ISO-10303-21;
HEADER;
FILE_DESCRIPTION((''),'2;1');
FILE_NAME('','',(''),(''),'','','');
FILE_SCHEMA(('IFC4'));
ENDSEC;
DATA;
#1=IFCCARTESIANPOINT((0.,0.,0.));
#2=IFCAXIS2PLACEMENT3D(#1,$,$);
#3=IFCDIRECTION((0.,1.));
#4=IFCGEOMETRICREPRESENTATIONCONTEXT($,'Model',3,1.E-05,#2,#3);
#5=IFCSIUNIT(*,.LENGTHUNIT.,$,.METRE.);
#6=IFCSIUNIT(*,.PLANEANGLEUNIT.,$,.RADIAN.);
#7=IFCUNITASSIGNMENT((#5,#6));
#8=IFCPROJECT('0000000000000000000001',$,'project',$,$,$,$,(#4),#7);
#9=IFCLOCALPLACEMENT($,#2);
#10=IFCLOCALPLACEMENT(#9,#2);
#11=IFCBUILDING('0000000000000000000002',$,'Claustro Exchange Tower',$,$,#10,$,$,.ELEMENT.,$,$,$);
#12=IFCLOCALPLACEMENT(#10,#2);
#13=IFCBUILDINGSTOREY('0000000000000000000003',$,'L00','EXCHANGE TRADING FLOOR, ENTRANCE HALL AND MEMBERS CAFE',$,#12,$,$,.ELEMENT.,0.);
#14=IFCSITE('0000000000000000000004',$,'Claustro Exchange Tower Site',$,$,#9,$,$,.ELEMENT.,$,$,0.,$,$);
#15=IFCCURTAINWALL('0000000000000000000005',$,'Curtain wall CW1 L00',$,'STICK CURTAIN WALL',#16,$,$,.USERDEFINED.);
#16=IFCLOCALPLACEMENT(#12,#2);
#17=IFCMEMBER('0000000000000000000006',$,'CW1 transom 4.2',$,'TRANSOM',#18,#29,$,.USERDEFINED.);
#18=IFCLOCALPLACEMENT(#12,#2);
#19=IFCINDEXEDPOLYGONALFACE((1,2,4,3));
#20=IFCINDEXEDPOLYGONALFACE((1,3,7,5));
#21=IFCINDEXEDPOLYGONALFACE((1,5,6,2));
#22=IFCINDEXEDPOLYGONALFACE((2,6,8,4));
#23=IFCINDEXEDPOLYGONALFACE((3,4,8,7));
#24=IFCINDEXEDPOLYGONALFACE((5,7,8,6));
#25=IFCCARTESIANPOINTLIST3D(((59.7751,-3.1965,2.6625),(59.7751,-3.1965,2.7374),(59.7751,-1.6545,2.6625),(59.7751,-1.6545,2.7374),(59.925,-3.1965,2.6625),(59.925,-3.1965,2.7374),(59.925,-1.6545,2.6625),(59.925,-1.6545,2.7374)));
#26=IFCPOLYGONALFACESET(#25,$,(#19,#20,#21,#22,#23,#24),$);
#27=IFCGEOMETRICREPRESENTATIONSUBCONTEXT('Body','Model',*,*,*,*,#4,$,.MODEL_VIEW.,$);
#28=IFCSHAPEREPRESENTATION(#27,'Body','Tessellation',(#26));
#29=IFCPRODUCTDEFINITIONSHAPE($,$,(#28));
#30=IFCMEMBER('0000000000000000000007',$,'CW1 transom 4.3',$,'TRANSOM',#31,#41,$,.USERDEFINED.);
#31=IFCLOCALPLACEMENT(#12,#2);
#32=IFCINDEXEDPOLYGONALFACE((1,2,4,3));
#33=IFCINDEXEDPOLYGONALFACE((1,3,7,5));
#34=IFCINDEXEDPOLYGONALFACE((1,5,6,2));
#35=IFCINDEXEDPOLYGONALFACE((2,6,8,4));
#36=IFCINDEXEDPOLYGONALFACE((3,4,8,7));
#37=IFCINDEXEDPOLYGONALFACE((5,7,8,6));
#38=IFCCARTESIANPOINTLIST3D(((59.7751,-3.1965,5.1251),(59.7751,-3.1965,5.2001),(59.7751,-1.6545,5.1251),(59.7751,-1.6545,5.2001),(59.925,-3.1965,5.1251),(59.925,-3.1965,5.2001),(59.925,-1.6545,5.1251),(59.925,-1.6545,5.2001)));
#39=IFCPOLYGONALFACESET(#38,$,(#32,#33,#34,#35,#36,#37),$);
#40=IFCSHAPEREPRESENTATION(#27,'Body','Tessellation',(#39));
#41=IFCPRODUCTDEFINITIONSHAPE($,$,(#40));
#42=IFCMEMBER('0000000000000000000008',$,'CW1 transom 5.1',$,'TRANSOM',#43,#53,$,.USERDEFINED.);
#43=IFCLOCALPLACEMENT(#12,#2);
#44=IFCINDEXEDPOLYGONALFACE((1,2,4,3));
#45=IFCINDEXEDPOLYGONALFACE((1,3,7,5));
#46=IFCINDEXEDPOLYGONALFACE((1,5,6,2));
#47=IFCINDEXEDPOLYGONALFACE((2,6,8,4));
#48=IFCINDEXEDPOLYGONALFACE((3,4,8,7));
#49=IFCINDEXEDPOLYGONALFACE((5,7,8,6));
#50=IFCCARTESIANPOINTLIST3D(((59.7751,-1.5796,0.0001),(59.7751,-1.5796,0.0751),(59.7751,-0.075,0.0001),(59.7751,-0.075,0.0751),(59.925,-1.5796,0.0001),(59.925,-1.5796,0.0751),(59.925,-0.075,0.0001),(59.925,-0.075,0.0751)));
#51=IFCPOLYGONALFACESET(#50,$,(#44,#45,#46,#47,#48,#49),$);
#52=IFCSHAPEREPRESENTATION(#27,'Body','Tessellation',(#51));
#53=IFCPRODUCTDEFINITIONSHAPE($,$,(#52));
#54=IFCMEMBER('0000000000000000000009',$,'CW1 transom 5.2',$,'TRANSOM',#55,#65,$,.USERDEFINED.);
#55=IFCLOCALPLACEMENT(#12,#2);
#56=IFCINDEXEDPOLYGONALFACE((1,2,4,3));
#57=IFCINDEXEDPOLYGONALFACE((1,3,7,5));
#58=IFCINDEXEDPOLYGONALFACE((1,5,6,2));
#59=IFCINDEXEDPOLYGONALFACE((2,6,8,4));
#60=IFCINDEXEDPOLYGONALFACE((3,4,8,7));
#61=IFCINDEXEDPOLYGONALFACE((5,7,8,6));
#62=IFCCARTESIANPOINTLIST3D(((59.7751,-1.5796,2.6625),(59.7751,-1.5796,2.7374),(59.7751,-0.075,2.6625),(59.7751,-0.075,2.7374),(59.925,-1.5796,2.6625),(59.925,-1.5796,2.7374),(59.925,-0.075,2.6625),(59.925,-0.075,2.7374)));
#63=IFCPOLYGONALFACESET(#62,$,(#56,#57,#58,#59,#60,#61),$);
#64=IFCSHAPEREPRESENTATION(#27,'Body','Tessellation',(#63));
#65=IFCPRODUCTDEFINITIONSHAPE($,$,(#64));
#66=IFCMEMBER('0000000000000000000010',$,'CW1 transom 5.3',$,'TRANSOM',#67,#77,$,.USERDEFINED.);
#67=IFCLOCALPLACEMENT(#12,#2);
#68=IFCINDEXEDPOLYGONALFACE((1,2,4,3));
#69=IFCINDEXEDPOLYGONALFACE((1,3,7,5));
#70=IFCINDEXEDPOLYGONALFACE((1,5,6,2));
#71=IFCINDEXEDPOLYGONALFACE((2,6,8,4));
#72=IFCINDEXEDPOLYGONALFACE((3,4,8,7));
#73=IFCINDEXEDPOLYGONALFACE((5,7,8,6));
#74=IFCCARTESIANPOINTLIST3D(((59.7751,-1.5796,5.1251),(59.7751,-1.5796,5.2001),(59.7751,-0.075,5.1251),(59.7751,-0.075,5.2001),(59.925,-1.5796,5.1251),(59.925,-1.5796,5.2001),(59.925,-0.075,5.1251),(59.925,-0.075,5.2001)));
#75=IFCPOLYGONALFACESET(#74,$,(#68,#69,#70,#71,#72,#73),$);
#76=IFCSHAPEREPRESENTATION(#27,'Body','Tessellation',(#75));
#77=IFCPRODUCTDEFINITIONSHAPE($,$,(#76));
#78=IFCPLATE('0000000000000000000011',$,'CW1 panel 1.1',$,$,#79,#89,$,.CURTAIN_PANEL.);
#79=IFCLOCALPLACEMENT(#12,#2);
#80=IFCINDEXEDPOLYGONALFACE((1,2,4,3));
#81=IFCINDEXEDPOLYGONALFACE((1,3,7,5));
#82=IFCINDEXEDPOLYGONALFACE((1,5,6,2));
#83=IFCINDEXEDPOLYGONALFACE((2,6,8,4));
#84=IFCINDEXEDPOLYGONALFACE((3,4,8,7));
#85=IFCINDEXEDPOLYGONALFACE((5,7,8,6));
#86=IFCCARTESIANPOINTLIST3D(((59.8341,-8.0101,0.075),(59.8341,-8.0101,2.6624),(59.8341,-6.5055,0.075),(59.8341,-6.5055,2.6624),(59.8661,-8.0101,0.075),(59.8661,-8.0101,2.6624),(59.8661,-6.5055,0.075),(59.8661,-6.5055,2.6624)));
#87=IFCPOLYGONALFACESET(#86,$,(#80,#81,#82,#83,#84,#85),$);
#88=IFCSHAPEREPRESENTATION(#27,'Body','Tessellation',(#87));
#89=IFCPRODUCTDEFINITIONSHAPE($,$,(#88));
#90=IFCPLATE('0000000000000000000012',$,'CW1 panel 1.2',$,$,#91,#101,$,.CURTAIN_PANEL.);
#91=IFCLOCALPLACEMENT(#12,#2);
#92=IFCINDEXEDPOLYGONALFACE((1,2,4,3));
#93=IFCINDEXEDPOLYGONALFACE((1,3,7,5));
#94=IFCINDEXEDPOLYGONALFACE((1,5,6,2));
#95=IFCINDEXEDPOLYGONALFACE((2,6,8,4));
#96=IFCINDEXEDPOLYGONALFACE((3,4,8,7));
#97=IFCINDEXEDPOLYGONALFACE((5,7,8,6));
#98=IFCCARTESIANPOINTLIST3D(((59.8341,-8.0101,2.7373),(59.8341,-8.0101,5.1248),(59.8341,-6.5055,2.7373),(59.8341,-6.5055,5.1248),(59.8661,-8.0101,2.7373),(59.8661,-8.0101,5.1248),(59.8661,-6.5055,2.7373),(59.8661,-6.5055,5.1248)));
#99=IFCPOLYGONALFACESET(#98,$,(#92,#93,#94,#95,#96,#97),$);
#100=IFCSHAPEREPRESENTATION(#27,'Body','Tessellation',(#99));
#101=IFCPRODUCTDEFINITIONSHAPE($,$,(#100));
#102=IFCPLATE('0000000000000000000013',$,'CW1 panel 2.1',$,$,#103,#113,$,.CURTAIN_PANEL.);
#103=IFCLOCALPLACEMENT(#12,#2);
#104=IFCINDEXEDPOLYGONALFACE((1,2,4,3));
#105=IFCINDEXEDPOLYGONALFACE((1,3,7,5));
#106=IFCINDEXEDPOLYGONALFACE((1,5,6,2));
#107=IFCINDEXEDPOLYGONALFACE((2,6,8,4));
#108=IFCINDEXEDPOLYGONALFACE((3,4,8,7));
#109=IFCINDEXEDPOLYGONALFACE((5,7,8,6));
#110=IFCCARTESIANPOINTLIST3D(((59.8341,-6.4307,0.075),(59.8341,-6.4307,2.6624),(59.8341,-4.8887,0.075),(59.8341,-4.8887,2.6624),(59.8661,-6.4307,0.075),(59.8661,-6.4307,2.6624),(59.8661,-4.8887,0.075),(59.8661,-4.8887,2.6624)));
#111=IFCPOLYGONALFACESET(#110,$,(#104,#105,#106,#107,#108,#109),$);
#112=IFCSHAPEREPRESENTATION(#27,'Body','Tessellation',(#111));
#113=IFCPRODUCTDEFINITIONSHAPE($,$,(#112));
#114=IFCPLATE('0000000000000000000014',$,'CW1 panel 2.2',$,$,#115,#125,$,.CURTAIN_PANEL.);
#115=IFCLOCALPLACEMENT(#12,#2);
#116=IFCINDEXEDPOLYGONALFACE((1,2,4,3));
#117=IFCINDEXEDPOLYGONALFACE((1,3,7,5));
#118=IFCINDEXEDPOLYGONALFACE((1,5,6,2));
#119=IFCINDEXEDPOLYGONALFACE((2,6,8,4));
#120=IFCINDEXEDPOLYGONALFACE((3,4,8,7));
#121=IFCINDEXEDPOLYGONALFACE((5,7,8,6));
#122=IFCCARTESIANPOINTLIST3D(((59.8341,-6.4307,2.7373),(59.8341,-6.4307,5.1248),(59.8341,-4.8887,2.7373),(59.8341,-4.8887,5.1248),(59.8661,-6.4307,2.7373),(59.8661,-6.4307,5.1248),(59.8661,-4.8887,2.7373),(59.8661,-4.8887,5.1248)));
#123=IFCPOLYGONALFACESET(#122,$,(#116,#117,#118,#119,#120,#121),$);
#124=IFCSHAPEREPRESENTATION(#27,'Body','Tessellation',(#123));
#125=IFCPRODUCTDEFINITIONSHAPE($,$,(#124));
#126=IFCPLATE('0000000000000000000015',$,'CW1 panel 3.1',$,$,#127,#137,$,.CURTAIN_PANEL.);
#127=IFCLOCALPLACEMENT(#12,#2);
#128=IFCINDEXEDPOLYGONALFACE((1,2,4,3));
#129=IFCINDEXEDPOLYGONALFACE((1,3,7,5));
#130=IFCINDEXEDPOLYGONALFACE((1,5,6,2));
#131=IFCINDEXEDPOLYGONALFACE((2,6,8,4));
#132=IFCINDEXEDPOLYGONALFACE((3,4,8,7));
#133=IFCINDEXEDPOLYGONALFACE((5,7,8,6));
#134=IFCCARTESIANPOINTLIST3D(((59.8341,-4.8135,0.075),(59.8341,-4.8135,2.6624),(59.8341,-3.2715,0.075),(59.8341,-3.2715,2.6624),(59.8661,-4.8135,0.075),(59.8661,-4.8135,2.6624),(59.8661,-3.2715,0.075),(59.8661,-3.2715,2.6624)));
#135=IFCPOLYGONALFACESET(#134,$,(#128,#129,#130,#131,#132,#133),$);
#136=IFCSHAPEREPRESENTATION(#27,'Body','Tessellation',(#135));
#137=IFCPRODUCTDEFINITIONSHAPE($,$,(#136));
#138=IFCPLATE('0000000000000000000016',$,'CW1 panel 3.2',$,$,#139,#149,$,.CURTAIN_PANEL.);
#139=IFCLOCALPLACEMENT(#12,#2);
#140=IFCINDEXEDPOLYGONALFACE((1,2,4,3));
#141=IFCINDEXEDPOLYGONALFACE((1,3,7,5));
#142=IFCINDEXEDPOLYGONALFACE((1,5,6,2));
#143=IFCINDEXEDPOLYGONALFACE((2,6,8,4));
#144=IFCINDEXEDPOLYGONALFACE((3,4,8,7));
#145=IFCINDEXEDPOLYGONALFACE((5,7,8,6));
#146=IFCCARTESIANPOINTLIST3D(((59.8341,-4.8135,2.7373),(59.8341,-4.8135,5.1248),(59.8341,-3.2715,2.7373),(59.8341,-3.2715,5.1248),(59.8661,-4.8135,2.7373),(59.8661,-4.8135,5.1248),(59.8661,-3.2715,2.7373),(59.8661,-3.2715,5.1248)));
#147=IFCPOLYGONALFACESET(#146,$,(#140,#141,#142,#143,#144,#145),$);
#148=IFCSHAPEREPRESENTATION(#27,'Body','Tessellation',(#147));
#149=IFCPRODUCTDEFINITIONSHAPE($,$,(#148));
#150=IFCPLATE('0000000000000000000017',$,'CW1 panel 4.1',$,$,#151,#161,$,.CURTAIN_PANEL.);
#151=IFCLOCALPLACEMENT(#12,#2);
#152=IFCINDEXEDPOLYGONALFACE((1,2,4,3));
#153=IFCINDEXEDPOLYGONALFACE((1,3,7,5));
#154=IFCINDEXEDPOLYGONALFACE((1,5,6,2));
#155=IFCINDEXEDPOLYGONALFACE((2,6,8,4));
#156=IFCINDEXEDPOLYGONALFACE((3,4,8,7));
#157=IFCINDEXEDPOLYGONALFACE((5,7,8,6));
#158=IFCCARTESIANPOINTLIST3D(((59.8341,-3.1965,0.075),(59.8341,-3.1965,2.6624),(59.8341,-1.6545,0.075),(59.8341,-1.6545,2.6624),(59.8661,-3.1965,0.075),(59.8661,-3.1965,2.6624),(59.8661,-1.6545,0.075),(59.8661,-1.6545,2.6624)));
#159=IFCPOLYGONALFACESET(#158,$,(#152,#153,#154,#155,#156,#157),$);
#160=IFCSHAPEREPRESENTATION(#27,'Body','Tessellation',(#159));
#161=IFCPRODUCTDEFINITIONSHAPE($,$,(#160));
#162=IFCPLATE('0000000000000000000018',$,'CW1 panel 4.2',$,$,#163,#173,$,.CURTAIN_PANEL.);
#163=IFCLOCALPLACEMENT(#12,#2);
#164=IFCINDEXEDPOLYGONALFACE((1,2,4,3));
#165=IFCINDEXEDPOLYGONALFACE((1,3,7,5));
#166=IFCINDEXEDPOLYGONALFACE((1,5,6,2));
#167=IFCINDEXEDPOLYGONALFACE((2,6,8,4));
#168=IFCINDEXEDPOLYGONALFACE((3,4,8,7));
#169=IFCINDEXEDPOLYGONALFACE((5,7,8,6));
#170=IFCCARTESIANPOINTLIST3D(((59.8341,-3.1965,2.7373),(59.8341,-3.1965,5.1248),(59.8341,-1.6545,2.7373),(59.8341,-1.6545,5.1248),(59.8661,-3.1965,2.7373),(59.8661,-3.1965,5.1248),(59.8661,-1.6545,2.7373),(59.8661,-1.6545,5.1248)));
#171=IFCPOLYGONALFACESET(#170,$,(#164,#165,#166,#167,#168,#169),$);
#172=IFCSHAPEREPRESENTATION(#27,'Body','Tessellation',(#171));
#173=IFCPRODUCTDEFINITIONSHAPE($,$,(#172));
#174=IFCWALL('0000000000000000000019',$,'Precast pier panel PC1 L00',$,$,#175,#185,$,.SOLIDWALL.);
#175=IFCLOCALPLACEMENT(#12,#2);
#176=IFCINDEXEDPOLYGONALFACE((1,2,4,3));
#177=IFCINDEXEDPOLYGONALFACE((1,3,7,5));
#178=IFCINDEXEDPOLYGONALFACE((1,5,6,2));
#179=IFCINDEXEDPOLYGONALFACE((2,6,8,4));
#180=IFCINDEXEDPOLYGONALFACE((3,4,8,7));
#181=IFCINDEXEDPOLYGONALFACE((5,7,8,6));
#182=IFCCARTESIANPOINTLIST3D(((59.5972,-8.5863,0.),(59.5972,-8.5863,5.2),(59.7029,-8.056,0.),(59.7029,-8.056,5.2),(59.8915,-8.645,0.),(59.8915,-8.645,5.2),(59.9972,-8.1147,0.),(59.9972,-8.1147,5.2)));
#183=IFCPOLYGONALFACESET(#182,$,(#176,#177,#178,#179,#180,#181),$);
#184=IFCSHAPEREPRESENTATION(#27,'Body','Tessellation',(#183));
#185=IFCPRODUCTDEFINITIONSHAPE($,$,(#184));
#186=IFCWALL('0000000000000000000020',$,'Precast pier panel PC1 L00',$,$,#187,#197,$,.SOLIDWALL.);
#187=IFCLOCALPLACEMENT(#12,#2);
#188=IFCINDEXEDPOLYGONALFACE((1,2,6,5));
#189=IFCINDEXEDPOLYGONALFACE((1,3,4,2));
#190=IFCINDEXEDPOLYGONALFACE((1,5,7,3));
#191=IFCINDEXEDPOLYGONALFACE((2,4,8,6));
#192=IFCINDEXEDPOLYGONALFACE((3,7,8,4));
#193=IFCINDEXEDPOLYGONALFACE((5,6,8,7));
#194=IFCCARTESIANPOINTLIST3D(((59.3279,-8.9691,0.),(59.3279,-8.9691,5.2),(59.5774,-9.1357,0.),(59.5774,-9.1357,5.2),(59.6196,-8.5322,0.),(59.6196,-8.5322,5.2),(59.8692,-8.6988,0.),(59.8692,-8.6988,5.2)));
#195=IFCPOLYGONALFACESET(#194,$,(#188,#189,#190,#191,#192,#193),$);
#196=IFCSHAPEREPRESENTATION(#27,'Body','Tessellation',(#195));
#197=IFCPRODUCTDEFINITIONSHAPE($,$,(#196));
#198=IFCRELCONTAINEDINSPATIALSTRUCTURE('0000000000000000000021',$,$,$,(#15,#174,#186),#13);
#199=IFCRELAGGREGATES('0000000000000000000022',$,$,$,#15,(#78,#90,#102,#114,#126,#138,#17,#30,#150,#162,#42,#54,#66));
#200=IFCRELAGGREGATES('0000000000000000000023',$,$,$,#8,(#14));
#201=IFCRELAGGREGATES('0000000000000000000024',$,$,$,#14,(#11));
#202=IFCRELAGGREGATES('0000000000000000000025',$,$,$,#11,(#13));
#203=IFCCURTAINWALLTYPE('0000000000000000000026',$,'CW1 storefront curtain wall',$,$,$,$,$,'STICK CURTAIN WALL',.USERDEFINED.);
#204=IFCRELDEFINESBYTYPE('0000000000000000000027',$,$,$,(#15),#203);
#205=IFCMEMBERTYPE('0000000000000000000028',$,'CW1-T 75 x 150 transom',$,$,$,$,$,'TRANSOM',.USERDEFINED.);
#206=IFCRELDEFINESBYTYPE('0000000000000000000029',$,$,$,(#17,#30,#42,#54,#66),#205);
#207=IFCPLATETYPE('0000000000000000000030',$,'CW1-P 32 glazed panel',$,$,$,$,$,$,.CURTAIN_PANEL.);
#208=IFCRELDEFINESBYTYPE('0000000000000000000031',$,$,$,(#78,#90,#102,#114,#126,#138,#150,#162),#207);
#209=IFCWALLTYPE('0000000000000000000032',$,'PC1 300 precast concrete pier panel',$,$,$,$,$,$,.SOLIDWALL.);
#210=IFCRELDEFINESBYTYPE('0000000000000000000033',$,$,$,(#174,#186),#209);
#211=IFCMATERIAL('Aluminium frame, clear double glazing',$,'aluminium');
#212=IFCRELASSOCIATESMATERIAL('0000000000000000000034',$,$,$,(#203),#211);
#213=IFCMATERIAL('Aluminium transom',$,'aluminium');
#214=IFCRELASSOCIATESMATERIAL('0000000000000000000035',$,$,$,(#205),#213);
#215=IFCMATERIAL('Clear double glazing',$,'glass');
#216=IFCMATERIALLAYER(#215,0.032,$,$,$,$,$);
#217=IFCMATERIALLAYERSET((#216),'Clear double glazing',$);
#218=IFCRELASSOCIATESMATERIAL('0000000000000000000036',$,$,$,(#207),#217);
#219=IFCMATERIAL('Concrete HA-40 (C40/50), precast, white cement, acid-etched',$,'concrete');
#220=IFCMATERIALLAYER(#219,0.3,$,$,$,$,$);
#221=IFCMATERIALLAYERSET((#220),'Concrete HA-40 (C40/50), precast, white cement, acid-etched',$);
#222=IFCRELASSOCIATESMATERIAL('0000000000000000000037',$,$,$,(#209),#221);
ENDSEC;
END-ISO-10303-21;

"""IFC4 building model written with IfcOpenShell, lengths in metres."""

from ifc_helpers import new_model, si_unit, direction, frame, frame_2d, origin, origin_2d, place, context, subcontext, project, spatial, rectangle, extrude, material, layer, layer_set, material_profile, profile_set, type_object, element, aggregate, save


model = new_model("IFC4")

# Units and contexts
model_context = context("Model", 3, precision=1e-05, world=origin(), true_north=direction((0.0, 1.0)))
body_context = subcontext(model_context, "Body", "Model", "MODEL_VIEW")
ifc_project = project(units=[si_unit("LENGTHUNIT", "METRE"), si_unit("PLANEANGLEUNIT", "RADIAN")], contexts=[model_context])

# Site, building, storey
site_placement = place(None, origin())
site = spatial("IfcSite", under=ifc_project, at=site_placement, Name="Claustro Exchange Tower Site", CompositionType="ELEMENT", RefElevation=0.0)
building_placement = place(site_placement, origin())
building = spatial("IfcBuilding", under=site, at=building_placement, Name="Claustro Exchange Tower", CompositionType="ELEMENT")
storey_placement = place(building_placement, origin())
storey = spatial("IfcBuildingStorey", under=building, at=storey_placement, Name="L00", Description="EXCHANGE TRADING FLOOR, ENTRANCE HALL AND MEMBERS CAFE", CompositionType="ELEMENT", Elevation=0.0)

# Curtain wall, members, plates
ifc_material_1 = material(Name="Aluminium frame, clear double glazing", Category="aluminium")
curtain_wall_type = type_object("IfcCurtainWallType", Name="CW1 storefront curtain wall", ElementType="STICK CURTAIN WALL", PredefinedType="USERDEFINED", material=ifc_material_1)
curtain_wall_placement = place(storey_placement, origin())
curtain_wall = element("IfcCurtainWall", 1, at=curtain_wall_placement, inside=storey, type_object=curtain_wall_type, Name="Curtain wall CW1 L00", ObjectType="STICK CURTAIN WALL", PredefinedType="USERDEFINED")
ifc_material_2 = material(Name="Aluminium transom", Category="aluminium")
ifc_material_profile_1 = material_profile(ifc_material_2, rectangle(XDim=0.1499, YDim=0.075, at=origin_2d()), Name="CW1-T 75x150")
ifc_profile_set_1 = profile_set([ifc_material_profile_1], Name="Aluminium transom")
member_type_1 = type_object("IfcMemberType", Name="CW1-T 75 x 150 transom", ElementType="TRANSOM", PredefinedType="USERDEFINED", material=ifc_profile_set_1)
member_1_placement = place(storey_placement, frame((59.8501, -3.1965, 2.7), z_axis=(0.0, 1.0, 0.0), x_axis=(-1.0, 0.0, 0.0)))
member_1 = element("IfcMember", 2, at=member_1_placement, type_object=member_type_1, Name="CW1 transom 4.2", ObjectType="TRANSOM", PredefinedType="USERDEFINED", context=body_context, shape_type="SweptSolid", body=[
    extrude(rectangle(XDim=0.1499, YDim=0.075, at=origin_2d()), origin(), (0.0, 0.0, 1.0), 1.542),
])
member_2_placement = place(storey_placement, frame((59.8501, -3.1965, 5.1626), z_axis=(0.0, 1.0, 0.0), x_axis=(-1.0, 0.0, 0.0)))
member_2 = element("IfcMember", 3, at=member_2_placement, type_object=member_type_1, Name="CW1 transom 4.3", ObjectType="TRANSOM", PredefinedType="USERDEFINED", context=body_context, shape_type="SweptSolid", body=[
    extrude(rectangle(XDim=0.1499, YDim=0.075, at=origin_2d()), origin(), (0.0, 0.0, 1.0), 1.542),
])
member_3_placement = place(storey_placement, frame((59.8501, -1.5796, 0.0376), z_axis=(0.0, 1.0, 0.0), x_axis=(-1.0, 0.0, 0.0)))
member_3 = element("IfcMember", 4, at=member_3_placement, type_object=member_type_1, Name="CW1 transom 5.1", ObjectType="TRANSOM", PredefinedType="USERDEFINED", context=body_context, shape_type="SweptSolid", body=[
    extrude(rectangle(XDim=0.1499, YDim=0.075, at=origin_2d()), origin(), (0.0, 0.0, 1.0), 1.5046),
])
member_4_placement = place(storey_placement, frame((59.8501, -1.5796, 2.7), z_axis=(0.0, 1.0, 0.0), x_axis=(-1.0, 0.0, 0.0)))
member_4 = element("IfcMember", 5, at=member_4_placement, type_object=member_type_1, Name="CW1 transom 5.2", ObjectType="TRANSOM", PredefinedType="USERDEFINED", context=body_context, shape_type="SweptSolid", body=[
    extrude(rectangle(XDim=0.1499, YDim=0.075, at=origin_2d()), origin(), (0.0, 0.0, 1.0), 1.5046),
])
member_5_placement = place(storey_placement, frame((59.8501, -1.5796, 5.1626), z_axis=(0.0, 1.0, 0.0), x_axis=(-1.0, 0.0, 0.0)))
member_5 = element("IfcMember", 6, at=member_5_placement, type_object=member_type_1, Name="CW1 transom 5.3", ObjectType="TRANSOM", PredefinedType="USERDEFINED", context=body_context, shape_type="SweptSolid", body=[
    extrude(rectangle(XDim=0.1499, YDim=0.075, at=origin_2d()), origin(), (0.0, 0.0, 1.0), 1.5046),
])
ifc_material_3 = material(Name="Clear double glazing", Category="glass")
ifc_layer_1 = layer(ifc_material_3, 0.032)
ifc_layer_set_1 = layer_set([ifc_layer_1], Name="Clear double glazing")
plate_type = type_object("IfcPlateType", Name="CW1-P 32 glazed panel", PredefinedType="CURTAIN_PANEL", material=ifc_layer_set_1)
plate_1_placement = place(storey_placement, frame((59.8501, -7.2578, 0.075), z_axis=(0.0, 0.0, 1.0), x_axis=(0.0, 1.0, 0.0)))
plate_1 = element("IfcPlate", 7, at=plate_1_placement, type_object=plate_type, Name="CW1 panel 1.1", PredefinedType="CURTAIN_PANEL", context=body_context, shape_type="SweptSolid", body=[
    extrude(rectangle(XDim=1.5046, YDim=0.032, at=origin_2d()), origin(), (0.0, 0.0, 1.0), 2.5874),
])
plate_2_placement = place(storey_placement, frame((59.8501, -7.2578, 2.7373), z_axis=(0.0, 0.0, 1.0), x_axis=(0.0, 1.0, 0.0)))
plate_2 = element("IfcPlate", 8, at=plate_2_placement, type_object=plate_type, Name="CW1 panel 1.2", PredefinedType="CURTAIN_PANEL", context=body_context, shape_type="SweptSolid", body=[
    extrude(rectangle(XDim=1.5046, YDim=0.032, at=origin_2d()), origin(), (0.0, 0.0, 1.0), 2.3875),
])
plate_3_placement = place(storey_placement, frame((59.8501, -5.6597, 0.075), z_axis=(0.0, 0.0, 1.0), x_axis=(0.0, 1.0, 0.0)))
plate_3 = element("IfcPlate", 9, at=plate_3_placement, type_object=plate_type, Name="CW1 panel 2.1", PredefinedType="CURTAIN_PANEL", context=body_context, shape_type="SweptSolid", body=[
    extrude(rectangle(XDim=1.542, YDim=0.032, at=origin_2d()), origin(), (0.0, 0.0, 1.0), 2.5874),
])
plate_4_placement = place(storey_placement, frame((59.8501, -5.6597, 2.7373), z_axis=(0.0, 0.0, 1.0), x_axis=(0.0, 1.0, 0.0)))
plate_4 = element("IfcPlate", 10, at=plate_4_placement, type_object=plate_type, Name="CW1 panel 2.2", PredefinedType="CURTAIN_PANEL", context=body_context, shape_type="SweptSolid", body=[
    extrude(rectangle(XDim=1.542, YDim=0.032, at=origin_2d()), origin(), (0.0, 0.0, 1.0), 2.3875),
])
plate_5_placement = place(storey_placement, frame((59.8501, -4.0425, 0.075), z_axis=(0.0, 0.0, 1.0), x_axis=(0.0, 1.0, 0.0)))
plate_5 = element("IfcPlate", 11, at=plate_5_placement, type_object=plate_type, Name="CW1 panel 3.1", PredefinedType="CURTAIN_PANEL", context=body_context, shape_type="SweptSolid", body=[
    extrude(rectangle(XDim=1.542, YDim=0.032, at=origin_2d()), origin(), (0.0, 0.0, 1.0), 2.5874),
])
plate_6_placement = place(storey_placement, frame((59.8501, -4.0425, 2.7373), z_axis=(0.0, 0.0, 1.0), x_axis=(0.0, 1.0, 0.0)))
plate_6 = element("IfcPlate", 12, at=plate_6_placement, type_object=plate_type, Name="CW1 panel 3.2", PredefinedType="CURTAIN_PANEL", context=body_context, shape_type="SweptSolid", body=[
    extrude(rectangle(XDim=1.542, YDim=0.032, at=origin_2d()), origin(), (0.0, 0.0, 1.0), 2.3875),
])
plate_7_placement = place(storey_placement, frame((59.8501, -2.4255, 0.075), z_axis=(0.0, 0.0, 1.0), x_axis=(0.0, 1.0, 0.0)))
plate_7 = element("IfcPlate", 13, at=plate_7_placement, type_object=plate_type, Name="CW1 panel 4.1", PredefinedType="CURTAIN_PANEL", context=body_context, shape_type="SweptSolid", body=[
    extrude(rectangle(XDim=1.542, YDim=0.032, at=origin_2d()), origin(), (0.0, 0.0, 1.0), 2.5874),
])
plate_8_placement = place(storey_placement, frame((59.8501, -2.4255, 2.7373), z_axis=(0.0, 0.0, 1.0), x_axis=(0.0, 1.0, 0.0)))
plate_8 = element("IfcPlate", 14, at=plate_8_placement, type_object=plate_type, Name="CW1 panel 4.2", PredefinedType="CURTAIN_PANEL", context=body_context, shape_type="SweptSolid", body=[
    extrude(rectangle(XDim=1.542, YDim=0.032, at=origin_2d()), origin(), (0.0, 0.0, 1.0), 2.3875),
])
aggregate(curtain_wall, [plate_1, plate_2, plate_3, plate_4, plate_5, plate_6, member_1, member_2, plate_7, plate_8, member_3, member_4, member_5])

# Walls
ifc_material_4 = material(Name="Concrete HA-40 (C40/50), precast, white cement, acid-etched", Category="concrete")
ifc_layer_2 = layer(ifc_material_4, 0.3)
ifc_layer_set_2 = layer_set([ifc_layer_2], Name="Concrete HA-40 (C40/50), precast, white cement, acid-etched")
wall_type = type_object("IfcWallType", Name="PC1 300 precast concrete pier panel", PredefinedType="SOLIDWALL", material=ifc_layer_set_2)
wall_1_placement = place(storey_placement, frame((59.8501, -8.0852, 0.0), z_axis=(0.0, 0.0, 1.0), x_axis=(-0.195508, -0.980702, 0.0)))
element("IfcWall", 15, at=wall_1_placement, inside=storey, type_object=wall_type, Name="Precast pier panel PC1 L00", PredefinedType="SOLIDWALL", context=body_context, shape_type="SweptSolid", body=[
    extrude(rectangle(XDim=0.5408, YDim=0.3, at=frame_2d((0.2705, 0.0))), origin(), (0.0, 0.0, 1.0), 5.2),
])
wall_2_placement = place(storey_placement, frame((59.7444, -8.6155, 0.0), z_axis=(0.0, 0.0, 1.0), x_axis=(-0.555236, -0.831693, 0.0)))
element("IfcWall", 16, at=wall_2_placement, inside=storey, type_object=wall_type, Name="Precast pier panel PC1 L00", PredefinedType="SOLIDWALL", context=body_context, shape_type="SweptSolid", body=[
    extrude(rectangle(XDim=0.5254, YDim=0.3, at=frame_2d((0.2627, 0.0))), origin(), (0.0, 0.0, 1.0), 5.2),
])

save(model, "model.ifc")
